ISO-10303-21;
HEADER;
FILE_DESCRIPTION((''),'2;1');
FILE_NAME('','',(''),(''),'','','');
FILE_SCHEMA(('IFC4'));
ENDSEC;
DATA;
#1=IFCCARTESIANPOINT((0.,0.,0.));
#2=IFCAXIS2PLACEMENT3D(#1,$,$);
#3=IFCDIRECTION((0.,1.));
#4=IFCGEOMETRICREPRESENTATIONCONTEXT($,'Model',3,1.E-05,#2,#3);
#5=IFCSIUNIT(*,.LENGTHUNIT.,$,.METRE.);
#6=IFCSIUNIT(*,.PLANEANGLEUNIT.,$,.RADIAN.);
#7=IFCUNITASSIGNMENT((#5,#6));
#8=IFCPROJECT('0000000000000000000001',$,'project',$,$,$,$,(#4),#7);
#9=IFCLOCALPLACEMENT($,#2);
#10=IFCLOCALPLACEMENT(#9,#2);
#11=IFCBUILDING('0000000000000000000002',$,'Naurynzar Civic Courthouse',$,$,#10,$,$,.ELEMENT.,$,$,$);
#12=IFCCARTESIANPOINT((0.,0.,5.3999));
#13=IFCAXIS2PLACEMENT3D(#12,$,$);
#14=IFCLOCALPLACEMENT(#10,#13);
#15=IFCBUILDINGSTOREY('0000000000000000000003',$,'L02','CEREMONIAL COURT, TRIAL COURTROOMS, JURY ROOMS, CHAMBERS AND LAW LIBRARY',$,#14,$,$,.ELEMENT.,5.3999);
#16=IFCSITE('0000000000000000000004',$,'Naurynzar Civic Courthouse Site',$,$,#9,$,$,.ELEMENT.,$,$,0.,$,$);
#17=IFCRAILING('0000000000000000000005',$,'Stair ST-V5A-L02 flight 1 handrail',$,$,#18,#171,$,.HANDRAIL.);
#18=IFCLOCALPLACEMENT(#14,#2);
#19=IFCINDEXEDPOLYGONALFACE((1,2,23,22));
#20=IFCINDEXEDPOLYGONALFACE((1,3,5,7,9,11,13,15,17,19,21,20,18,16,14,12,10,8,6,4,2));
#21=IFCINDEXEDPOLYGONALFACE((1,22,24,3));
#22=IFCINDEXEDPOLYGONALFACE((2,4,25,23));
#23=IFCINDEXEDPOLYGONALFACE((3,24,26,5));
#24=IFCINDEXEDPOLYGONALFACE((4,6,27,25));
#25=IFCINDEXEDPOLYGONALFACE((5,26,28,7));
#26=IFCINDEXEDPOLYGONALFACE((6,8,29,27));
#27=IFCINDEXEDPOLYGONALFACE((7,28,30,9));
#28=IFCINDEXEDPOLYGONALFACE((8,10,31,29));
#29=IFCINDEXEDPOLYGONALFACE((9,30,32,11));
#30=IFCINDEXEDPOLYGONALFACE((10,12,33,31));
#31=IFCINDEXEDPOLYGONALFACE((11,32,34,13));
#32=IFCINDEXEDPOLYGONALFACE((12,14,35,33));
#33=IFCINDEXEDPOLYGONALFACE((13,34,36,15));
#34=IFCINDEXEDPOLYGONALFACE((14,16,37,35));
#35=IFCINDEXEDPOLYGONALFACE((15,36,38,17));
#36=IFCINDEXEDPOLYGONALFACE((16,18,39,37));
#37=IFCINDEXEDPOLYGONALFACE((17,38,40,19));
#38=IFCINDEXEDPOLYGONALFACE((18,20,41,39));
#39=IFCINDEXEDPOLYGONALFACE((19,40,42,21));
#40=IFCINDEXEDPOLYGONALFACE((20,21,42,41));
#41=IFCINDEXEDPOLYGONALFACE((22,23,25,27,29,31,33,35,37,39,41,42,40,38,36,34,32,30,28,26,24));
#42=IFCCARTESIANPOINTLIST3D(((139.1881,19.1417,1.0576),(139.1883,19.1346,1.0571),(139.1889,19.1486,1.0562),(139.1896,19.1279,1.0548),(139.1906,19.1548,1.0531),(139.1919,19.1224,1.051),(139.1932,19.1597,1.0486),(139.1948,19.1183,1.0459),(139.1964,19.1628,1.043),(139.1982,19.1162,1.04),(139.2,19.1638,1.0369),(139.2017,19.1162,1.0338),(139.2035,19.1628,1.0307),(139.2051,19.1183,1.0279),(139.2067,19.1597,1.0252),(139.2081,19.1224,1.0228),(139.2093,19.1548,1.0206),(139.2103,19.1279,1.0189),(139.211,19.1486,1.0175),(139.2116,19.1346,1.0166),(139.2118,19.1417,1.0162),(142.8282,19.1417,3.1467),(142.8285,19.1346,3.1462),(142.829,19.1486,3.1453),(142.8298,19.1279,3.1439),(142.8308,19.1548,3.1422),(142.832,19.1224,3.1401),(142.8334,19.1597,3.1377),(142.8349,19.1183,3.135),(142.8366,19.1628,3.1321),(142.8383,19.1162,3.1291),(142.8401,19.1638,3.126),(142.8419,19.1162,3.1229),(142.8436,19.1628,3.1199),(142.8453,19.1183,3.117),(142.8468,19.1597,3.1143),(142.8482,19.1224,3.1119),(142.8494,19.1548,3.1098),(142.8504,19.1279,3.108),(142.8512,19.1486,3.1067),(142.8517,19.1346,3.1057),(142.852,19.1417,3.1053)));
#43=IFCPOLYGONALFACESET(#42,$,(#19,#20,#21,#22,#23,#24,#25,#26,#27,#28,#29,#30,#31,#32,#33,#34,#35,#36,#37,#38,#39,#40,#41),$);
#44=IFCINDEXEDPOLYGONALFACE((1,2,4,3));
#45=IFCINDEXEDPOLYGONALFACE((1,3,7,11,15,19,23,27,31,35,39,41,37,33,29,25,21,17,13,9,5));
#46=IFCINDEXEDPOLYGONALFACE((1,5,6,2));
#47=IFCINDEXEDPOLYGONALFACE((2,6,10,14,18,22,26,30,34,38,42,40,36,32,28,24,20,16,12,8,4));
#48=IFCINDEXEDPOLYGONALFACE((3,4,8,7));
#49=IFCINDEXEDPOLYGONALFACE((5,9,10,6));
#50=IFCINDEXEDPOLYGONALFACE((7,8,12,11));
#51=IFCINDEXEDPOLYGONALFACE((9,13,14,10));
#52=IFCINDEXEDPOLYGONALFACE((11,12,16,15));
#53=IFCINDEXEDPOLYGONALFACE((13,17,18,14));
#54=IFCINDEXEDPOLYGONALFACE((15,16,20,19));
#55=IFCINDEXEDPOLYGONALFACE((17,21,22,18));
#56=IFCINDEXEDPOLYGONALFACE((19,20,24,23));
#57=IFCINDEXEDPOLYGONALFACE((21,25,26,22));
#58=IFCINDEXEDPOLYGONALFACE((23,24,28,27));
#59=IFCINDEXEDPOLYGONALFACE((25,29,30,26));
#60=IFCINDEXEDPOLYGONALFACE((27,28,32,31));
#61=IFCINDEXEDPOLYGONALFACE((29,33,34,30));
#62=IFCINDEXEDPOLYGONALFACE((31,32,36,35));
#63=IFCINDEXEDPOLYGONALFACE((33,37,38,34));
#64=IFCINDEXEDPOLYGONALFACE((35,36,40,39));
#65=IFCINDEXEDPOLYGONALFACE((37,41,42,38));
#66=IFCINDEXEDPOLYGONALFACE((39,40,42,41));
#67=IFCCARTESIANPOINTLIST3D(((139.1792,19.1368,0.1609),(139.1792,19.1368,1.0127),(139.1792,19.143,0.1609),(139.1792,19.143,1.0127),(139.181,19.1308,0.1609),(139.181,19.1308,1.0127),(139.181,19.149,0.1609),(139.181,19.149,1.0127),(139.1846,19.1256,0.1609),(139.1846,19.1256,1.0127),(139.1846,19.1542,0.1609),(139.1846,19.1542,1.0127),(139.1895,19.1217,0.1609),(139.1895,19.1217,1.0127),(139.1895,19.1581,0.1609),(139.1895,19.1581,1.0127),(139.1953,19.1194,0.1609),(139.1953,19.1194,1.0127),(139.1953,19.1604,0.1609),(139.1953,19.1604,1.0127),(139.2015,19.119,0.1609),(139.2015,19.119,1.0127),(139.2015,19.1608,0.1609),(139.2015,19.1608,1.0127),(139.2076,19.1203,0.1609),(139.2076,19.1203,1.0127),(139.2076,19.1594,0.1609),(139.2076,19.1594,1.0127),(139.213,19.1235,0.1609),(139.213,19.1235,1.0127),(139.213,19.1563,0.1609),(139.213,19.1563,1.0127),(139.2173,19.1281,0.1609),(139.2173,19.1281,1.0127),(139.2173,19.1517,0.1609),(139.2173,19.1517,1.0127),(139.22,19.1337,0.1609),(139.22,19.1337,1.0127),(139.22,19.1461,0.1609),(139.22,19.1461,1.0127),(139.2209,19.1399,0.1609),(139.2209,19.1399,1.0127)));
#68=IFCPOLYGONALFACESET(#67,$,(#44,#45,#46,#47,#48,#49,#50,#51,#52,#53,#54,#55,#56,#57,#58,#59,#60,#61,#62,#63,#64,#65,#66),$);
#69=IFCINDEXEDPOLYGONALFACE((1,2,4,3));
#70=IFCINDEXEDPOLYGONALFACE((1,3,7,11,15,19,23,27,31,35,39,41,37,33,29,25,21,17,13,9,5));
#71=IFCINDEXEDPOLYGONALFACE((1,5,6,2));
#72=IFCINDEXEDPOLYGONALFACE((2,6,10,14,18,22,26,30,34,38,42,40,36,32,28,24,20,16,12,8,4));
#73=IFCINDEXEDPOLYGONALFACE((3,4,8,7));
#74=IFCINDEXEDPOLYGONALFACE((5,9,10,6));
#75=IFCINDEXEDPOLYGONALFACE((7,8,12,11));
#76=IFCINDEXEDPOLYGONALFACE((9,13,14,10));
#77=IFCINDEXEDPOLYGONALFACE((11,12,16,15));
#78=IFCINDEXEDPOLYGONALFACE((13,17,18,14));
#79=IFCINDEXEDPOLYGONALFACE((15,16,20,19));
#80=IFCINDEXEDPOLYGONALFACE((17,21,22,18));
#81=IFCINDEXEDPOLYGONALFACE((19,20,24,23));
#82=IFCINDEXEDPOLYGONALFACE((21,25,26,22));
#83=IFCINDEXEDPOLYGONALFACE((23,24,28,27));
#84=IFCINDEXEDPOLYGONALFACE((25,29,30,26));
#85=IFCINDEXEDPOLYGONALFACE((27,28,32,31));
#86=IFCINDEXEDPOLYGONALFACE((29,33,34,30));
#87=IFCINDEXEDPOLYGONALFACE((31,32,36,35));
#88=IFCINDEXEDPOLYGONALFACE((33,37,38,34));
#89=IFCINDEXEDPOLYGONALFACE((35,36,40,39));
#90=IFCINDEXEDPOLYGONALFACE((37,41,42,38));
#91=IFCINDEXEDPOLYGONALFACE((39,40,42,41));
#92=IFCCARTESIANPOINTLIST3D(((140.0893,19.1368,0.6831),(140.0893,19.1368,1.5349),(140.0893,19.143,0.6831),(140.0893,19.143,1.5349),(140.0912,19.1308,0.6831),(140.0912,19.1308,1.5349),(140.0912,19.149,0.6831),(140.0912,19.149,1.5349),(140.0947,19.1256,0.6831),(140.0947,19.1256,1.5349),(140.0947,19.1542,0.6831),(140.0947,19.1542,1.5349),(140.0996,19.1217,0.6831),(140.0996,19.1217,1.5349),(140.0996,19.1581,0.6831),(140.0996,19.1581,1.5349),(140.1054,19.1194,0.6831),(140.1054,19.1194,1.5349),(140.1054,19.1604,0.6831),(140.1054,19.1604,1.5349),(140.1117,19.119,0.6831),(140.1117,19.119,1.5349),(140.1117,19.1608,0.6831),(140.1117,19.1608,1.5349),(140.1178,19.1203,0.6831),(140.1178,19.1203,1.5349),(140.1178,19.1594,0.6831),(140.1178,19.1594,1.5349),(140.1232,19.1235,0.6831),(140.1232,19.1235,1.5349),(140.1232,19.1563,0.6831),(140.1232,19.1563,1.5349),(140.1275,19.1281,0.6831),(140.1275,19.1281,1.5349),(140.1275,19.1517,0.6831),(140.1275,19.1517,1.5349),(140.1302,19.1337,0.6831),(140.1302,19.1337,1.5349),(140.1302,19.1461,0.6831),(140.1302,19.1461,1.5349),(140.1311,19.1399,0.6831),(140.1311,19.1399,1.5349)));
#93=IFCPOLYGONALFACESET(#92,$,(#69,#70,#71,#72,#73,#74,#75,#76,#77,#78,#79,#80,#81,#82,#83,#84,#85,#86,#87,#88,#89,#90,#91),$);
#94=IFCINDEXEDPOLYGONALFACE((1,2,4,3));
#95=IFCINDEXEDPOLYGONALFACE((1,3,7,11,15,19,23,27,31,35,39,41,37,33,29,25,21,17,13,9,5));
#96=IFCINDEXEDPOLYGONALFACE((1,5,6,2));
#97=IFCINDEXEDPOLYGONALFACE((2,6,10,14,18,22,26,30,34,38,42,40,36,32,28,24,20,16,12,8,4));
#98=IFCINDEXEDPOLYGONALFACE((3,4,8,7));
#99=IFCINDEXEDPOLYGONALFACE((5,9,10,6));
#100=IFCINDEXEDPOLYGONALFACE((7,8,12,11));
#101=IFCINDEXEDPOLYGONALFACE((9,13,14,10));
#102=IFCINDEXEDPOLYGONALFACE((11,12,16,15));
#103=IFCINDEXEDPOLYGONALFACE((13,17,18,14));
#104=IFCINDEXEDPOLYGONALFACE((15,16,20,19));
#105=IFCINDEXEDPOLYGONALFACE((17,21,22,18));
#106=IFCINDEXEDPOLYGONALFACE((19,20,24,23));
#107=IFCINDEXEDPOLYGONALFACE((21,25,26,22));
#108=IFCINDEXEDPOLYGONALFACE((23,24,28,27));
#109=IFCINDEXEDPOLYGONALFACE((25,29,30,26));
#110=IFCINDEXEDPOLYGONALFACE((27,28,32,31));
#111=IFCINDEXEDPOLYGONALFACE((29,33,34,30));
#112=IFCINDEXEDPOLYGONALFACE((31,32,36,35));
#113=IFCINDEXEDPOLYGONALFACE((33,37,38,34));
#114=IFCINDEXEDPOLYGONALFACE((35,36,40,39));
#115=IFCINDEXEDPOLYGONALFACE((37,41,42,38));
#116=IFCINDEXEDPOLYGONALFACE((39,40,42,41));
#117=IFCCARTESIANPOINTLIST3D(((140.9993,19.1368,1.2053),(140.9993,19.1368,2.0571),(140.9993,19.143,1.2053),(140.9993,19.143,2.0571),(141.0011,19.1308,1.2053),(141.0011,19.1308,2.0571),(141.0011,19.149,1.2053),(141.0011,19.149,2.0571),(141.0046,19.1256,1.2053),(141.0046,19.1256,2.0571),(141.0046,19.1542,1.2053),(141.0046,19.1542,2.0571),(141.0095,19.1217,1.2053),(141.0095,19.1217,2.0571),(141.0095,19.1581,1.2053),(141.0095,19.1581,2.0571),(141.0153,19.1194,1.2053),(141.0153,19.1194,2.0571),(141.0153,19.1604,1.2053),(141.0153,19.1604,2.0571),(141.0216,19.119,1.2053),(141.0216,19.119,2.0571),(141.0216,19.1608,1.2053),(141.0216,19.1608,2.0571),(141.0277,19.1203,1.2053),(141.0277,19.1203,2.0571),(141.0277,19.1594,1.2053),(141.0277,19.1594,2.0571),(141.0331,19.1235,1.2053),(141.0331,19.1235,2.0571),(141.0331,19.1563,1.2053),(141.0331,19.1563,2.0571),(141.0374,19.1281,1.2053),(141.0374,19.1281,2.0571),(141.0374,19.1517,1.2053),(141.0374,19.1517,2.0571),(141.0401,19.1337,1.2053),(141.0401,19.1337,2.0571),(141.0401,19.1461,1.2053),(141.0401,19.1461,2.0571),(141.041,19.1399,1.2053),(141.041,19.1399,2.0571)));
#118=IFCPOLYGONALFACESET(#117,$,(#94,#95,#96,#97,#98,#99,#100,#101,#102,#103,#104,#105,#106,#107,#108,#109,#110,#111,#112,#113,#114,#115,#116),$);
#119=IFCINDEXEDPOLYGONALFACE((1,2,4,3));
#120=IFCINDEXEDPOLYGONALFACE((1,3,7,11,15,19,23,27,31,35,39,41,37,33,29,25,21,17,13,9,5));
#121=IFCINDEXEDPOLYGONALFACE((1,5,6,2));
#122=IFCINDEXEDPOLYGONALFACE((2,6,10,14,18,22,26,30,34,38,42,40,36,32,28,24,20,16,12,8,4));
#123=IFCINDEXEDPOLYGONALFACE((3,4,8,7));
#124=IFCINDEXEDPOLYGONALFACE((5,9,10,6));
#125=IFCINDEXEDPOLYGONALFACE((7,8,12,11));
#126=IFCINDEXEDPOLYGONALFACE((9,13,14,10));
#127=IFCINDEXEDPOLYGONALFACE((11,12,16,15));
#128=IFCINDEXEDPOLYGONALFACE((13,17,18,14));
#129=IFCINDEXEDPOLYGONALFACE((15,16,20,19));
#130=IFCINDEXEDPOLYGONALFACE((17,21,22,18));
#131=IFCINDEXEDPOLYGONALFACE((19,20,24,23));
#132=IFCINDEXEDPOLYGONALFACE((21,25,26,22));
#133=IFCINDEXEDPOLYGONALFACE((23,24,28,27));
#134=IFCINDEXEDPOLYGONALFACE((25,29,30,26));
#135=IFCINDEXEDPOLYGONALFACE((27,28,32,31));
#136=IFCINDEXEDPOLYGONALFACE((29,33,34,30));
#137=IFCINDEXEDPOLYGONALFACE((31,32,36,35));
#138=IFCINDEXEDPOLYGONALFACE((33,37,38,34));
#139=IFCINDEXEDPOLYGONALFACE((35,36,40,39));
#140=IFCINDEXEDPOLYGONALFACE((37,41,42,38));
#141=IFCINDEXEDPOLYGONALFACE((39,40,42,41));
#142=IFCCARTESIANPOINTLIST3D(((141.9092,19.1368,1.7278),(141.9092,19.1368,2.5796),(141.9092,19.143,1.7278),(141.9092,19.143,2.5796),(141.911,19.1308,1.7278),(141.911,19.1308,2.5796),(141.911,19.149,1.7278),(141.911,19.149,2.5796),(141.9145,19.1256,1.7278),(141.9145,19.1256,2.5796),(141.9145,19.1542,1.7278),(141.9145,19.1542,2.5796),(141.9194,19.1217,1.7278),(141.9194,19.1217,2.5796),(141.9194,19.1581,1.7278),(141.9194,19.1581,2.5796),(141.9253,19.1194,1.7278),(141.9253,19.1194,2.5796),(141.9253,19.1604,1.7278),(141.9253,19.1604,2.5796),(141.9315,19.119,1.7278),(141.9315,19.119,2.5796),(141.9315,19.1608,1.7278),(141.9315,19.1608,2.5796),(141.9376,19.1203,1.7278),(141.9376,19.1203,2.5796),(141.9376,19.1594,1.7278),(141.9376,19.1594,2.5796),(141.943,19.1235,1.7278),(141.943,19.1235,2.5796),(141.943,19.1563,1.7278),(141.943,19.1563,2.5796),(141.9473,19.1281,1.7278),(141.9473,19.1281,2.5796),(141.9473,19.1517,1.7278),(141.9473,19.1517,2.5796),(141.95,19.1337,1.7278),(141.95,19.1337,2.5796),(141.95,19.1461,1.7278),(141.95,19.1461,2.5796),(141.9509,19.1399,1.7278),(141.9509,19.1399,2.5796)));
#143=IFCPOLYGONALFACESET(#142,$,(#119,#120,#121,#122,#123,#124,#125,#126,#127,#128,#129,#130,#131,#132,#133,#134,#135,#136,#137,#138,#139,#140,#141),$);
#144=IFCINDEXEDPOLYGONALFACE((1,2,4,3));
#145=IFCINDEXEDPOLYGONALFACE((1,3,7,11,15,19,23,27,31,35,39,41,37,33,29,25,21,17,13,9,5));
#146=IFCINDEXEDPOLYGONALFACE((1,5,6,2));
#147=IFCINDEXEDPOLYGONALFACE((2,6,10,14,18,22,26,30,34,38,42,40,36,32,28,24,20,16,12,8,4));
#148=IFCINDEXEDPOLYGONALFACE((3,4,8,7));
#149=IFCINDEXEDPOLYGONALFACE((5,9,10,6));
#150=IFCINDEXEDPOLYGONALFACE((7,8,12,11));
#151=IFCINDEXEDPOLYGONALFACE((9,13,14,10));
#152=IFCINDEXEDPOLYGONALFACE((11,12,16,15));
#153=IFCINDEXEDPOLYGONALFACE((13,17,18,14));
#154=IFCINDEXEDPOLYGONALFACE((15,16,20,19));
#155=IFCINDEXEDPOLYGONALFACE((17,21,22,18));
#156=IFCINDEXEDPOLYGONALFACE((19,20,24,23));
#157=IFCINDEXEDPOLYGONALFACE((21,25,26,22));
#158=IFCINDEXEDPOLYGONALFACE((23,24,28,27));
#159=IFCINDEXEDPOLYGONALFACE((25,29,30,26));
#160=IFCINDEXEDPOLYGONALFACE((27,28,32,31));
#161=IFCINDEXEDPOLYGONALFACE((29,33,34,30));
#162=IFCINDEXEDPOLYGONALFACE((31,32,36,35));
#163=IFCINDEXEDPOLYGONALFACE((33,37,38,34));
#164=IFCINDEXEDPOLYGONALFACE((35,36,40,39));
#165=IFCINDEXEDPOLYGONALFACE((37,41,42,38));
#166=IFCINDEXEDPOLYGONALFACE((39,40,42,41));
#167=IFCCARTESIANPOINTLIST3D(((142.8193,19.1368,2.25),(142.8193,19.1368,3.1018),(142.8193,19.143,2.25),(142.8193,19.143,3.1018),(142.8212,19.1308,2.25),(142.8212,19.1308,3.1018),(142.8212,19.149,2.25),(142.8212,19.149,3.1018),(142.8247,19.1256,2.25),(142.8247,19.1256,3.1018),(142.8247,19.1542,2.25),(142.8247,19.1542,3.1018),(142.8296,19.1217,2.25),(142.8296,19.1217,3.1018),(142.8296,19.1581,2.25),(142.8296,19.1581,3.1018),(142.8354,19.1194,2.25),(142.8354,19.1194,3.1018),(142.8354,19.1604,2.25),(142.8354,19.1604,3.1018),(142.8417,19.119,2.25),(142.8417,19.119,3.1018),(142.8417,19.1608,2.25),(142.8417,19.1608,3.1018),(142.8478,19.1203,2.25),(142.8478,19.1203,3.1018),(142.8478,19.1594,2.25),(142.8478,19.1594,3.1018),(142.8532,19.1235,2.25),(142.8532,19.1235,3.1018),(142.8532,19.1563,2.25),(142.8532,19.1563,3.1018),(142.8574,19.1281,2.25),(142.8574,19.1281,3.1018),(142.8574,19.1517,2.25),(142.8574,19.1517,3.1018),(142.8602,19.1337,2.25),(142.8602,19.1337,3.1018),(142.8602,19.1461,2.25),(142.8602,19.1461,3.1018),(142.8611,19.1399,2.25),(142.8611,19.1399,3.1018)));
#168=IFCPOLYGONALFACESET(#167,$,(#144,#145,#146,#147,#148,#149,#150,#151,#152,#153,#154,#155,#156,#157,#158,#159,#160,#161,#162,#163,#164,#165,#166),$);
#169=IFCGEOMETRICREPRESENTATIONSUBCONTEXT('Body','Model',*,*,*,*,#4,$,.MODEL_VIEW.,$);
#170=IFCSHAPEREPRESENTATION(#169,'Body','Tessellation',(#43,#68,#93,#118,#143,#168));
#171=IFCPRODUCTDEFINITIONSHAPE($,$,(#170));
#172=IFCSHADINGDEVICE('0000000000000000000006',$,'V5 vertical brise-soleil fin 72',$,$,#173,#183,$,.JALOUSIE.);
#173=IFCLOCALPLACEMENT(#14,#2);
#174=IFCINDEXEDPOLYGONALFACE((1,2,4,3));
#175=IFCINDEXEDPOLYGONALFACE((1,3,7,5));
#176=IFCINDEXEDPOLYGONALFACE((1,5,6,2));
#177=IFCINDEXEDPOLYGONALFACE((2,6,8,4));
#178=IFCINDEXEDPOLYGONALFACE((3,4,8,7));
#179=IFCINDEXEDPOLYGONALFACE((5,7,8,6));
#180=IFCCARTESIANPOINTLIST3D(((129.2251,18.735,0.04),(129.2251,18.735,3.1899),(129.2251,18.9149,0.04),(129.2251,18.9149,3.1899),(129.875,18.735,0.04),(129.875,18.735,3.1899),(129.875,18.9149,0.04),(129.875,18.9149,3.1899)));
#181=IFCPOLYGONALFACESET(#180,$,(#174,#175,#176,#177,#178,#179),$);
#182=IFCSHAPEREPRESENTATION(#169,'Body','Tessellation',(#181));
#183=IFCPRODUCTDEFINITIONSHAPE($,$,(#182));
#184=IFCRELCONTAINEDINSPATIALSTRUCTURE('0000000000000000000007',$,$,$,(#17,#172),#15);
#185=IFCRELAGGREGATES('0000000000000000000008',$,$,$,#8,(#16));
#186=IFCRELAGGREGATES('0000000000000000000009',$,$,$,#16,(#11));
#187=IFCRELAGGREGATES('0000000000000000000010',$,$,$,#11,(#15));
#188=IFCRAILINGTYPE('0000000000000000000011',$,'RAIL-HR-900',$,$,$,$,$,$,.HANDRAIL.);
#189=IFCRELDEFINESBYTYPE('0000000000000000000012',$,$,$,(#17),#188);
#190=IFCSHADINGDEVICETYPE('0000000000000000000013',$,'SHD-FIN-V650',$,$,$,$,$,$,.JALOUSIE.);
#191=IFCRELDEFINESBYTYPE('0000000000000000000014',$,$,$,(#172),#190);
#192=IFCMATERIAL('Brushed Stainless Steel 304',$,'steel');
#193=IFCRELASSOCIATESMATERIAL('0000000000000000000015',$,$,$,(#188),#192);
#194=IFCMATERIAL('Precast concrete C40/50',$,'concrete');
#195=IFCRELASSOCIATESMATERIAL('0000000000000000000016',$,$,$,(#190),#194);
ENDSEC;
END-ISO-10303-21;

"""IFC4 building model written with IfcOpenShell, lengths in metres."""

from ifc_helpers import new_model, si_unit, direction, frame, origin, origin_2d, place, context, subcontext, project, spatial, rectangle, circle, extrude, material, type_object, element, save


model = new_model("IFC4")

# Units and contexts
model_context = context("Model", 3, precision=1e-05, world=origin(), true_north=direction((0.0, 1.0)))
body_context = subcontext(model_context, "Body", "Model", "MODEL_VIEW")
ifc_project = project(units=[si_unit("LENGTHUNIT", "METRE"), si_unit("PLANEANGLEUNIT", "RADIAN")], contexts=[model_context])

# Site, building, storey
site_placement = place(None, origin())
site = spatial("IfcSite", under=ifc_project, at=site_placement, Name="Naurynzar Civic Courthouse Site", CompositionType="ELEMENT", RefElevation=0.0)
building_placement = place(site_placement, origin())
building = spatial("IfcBuilding", under=site, at=building_placement, Name="Naurynzar Civic Courthouse", CompositionType="ELEMENT")
storey_placement = place(building_placement, frame((0.0, 0.0, 5.3999)))
storey = spatial("IfcBuildingStorey", under=building, at=storey_placement, Name="L02", Description="CEREMONIAL COURT, TRIAL COURTROOMS, JURY ROOMS, CHAMBERS AND LAW LIBRARY", CompositionType="ELEMENT", Elevation=5.3999)

# Railing
ifc_material_1 = material(Name="Brushed Stainless Steel 304", Category="steel")
railing_type_1 = type_object("IfcRailingType", Name="RAIL-HR-900", PredefinedType="HANDRAIL", material=ifc_material_1)
railing_1_placement = place(storey_placement, frame((139.2, 19.1399, 0.1609)))
element("IfcRailing", 1, at=railing_1_placement, inside=storey, type_object=railing_type_1, Name="Stair ST-V5A-L02 flight 1 handrail", PredefinedType="HANDRAIL", context=body_context, shape_type="SweptSolid", body=[
    extrude(circle(Radius=0.0239, at=origin_2d()), frame((0.0, 0.0, 0.876), z_axis=(0.867314, 0.0, 0.497761), x_axis=(0.0, 1.0, 0.0)), (0.0, 0.0, 1.0), 4.197),
    extrude(circle(Radius=0.021, at=origin_2d()), origin(), (0.0, 0.0, 1.0), 0.8518),
    extrude(circle(Radius=0.021, at=origin_2d()), frame((0.9102, 0.0, 0.5222)), (0.0, 0.0, 1.0), 0.8518),
    extrude(circle(Radius=0.021, at=origin_2d()), frame((1.8201, 0.0, 1.0444)), (0.0, 0.0, 1.0), 0.8518),
    extrude(circle(Radius=0.021, at=origin_2d()), frame((2.73, 0.0, 1.5669)), (0.0, 0.0, 1.0), 0.8518),
    extrude(circle(Radius=0.021, at=origin_2d()), frame((3.6401, 0.0, 2.0891)), (0.0, 0.0, 1.0), 0.8518),
])

# Shading device
ifc_material_2 = material(Name="Precast concrete C40/50", Category="concrete")
shading_device_type = type_object("IfcShadingDeviceType", Name="SHD-FIN-V650", PredefinedType="JALOUSIE", material=ifc_material_2)
shading_device_placement = place(storey_placement, frame((129.55, 18.825, 0.04), z_axis=(0.0, 0.0, 1.0), x_axis=(0.0, 1.0, 0.0)))
element("IfcShadingDevice", 2, at=shading_device_placement, inside=storey, type_object=shading_device_type, Name="V5 vertical brise-soleil fin 72", PredefinedType="JALOUSIE", context=body_context, shape_type="SweptSolid", body=[
    extrude(rectangle(XDim=0.1799, YDim=0.6499, at=origin_2d()), origin(), (0.0, 0.0, 1.0), 3.1499),
])

save(model, "model.ifc")
